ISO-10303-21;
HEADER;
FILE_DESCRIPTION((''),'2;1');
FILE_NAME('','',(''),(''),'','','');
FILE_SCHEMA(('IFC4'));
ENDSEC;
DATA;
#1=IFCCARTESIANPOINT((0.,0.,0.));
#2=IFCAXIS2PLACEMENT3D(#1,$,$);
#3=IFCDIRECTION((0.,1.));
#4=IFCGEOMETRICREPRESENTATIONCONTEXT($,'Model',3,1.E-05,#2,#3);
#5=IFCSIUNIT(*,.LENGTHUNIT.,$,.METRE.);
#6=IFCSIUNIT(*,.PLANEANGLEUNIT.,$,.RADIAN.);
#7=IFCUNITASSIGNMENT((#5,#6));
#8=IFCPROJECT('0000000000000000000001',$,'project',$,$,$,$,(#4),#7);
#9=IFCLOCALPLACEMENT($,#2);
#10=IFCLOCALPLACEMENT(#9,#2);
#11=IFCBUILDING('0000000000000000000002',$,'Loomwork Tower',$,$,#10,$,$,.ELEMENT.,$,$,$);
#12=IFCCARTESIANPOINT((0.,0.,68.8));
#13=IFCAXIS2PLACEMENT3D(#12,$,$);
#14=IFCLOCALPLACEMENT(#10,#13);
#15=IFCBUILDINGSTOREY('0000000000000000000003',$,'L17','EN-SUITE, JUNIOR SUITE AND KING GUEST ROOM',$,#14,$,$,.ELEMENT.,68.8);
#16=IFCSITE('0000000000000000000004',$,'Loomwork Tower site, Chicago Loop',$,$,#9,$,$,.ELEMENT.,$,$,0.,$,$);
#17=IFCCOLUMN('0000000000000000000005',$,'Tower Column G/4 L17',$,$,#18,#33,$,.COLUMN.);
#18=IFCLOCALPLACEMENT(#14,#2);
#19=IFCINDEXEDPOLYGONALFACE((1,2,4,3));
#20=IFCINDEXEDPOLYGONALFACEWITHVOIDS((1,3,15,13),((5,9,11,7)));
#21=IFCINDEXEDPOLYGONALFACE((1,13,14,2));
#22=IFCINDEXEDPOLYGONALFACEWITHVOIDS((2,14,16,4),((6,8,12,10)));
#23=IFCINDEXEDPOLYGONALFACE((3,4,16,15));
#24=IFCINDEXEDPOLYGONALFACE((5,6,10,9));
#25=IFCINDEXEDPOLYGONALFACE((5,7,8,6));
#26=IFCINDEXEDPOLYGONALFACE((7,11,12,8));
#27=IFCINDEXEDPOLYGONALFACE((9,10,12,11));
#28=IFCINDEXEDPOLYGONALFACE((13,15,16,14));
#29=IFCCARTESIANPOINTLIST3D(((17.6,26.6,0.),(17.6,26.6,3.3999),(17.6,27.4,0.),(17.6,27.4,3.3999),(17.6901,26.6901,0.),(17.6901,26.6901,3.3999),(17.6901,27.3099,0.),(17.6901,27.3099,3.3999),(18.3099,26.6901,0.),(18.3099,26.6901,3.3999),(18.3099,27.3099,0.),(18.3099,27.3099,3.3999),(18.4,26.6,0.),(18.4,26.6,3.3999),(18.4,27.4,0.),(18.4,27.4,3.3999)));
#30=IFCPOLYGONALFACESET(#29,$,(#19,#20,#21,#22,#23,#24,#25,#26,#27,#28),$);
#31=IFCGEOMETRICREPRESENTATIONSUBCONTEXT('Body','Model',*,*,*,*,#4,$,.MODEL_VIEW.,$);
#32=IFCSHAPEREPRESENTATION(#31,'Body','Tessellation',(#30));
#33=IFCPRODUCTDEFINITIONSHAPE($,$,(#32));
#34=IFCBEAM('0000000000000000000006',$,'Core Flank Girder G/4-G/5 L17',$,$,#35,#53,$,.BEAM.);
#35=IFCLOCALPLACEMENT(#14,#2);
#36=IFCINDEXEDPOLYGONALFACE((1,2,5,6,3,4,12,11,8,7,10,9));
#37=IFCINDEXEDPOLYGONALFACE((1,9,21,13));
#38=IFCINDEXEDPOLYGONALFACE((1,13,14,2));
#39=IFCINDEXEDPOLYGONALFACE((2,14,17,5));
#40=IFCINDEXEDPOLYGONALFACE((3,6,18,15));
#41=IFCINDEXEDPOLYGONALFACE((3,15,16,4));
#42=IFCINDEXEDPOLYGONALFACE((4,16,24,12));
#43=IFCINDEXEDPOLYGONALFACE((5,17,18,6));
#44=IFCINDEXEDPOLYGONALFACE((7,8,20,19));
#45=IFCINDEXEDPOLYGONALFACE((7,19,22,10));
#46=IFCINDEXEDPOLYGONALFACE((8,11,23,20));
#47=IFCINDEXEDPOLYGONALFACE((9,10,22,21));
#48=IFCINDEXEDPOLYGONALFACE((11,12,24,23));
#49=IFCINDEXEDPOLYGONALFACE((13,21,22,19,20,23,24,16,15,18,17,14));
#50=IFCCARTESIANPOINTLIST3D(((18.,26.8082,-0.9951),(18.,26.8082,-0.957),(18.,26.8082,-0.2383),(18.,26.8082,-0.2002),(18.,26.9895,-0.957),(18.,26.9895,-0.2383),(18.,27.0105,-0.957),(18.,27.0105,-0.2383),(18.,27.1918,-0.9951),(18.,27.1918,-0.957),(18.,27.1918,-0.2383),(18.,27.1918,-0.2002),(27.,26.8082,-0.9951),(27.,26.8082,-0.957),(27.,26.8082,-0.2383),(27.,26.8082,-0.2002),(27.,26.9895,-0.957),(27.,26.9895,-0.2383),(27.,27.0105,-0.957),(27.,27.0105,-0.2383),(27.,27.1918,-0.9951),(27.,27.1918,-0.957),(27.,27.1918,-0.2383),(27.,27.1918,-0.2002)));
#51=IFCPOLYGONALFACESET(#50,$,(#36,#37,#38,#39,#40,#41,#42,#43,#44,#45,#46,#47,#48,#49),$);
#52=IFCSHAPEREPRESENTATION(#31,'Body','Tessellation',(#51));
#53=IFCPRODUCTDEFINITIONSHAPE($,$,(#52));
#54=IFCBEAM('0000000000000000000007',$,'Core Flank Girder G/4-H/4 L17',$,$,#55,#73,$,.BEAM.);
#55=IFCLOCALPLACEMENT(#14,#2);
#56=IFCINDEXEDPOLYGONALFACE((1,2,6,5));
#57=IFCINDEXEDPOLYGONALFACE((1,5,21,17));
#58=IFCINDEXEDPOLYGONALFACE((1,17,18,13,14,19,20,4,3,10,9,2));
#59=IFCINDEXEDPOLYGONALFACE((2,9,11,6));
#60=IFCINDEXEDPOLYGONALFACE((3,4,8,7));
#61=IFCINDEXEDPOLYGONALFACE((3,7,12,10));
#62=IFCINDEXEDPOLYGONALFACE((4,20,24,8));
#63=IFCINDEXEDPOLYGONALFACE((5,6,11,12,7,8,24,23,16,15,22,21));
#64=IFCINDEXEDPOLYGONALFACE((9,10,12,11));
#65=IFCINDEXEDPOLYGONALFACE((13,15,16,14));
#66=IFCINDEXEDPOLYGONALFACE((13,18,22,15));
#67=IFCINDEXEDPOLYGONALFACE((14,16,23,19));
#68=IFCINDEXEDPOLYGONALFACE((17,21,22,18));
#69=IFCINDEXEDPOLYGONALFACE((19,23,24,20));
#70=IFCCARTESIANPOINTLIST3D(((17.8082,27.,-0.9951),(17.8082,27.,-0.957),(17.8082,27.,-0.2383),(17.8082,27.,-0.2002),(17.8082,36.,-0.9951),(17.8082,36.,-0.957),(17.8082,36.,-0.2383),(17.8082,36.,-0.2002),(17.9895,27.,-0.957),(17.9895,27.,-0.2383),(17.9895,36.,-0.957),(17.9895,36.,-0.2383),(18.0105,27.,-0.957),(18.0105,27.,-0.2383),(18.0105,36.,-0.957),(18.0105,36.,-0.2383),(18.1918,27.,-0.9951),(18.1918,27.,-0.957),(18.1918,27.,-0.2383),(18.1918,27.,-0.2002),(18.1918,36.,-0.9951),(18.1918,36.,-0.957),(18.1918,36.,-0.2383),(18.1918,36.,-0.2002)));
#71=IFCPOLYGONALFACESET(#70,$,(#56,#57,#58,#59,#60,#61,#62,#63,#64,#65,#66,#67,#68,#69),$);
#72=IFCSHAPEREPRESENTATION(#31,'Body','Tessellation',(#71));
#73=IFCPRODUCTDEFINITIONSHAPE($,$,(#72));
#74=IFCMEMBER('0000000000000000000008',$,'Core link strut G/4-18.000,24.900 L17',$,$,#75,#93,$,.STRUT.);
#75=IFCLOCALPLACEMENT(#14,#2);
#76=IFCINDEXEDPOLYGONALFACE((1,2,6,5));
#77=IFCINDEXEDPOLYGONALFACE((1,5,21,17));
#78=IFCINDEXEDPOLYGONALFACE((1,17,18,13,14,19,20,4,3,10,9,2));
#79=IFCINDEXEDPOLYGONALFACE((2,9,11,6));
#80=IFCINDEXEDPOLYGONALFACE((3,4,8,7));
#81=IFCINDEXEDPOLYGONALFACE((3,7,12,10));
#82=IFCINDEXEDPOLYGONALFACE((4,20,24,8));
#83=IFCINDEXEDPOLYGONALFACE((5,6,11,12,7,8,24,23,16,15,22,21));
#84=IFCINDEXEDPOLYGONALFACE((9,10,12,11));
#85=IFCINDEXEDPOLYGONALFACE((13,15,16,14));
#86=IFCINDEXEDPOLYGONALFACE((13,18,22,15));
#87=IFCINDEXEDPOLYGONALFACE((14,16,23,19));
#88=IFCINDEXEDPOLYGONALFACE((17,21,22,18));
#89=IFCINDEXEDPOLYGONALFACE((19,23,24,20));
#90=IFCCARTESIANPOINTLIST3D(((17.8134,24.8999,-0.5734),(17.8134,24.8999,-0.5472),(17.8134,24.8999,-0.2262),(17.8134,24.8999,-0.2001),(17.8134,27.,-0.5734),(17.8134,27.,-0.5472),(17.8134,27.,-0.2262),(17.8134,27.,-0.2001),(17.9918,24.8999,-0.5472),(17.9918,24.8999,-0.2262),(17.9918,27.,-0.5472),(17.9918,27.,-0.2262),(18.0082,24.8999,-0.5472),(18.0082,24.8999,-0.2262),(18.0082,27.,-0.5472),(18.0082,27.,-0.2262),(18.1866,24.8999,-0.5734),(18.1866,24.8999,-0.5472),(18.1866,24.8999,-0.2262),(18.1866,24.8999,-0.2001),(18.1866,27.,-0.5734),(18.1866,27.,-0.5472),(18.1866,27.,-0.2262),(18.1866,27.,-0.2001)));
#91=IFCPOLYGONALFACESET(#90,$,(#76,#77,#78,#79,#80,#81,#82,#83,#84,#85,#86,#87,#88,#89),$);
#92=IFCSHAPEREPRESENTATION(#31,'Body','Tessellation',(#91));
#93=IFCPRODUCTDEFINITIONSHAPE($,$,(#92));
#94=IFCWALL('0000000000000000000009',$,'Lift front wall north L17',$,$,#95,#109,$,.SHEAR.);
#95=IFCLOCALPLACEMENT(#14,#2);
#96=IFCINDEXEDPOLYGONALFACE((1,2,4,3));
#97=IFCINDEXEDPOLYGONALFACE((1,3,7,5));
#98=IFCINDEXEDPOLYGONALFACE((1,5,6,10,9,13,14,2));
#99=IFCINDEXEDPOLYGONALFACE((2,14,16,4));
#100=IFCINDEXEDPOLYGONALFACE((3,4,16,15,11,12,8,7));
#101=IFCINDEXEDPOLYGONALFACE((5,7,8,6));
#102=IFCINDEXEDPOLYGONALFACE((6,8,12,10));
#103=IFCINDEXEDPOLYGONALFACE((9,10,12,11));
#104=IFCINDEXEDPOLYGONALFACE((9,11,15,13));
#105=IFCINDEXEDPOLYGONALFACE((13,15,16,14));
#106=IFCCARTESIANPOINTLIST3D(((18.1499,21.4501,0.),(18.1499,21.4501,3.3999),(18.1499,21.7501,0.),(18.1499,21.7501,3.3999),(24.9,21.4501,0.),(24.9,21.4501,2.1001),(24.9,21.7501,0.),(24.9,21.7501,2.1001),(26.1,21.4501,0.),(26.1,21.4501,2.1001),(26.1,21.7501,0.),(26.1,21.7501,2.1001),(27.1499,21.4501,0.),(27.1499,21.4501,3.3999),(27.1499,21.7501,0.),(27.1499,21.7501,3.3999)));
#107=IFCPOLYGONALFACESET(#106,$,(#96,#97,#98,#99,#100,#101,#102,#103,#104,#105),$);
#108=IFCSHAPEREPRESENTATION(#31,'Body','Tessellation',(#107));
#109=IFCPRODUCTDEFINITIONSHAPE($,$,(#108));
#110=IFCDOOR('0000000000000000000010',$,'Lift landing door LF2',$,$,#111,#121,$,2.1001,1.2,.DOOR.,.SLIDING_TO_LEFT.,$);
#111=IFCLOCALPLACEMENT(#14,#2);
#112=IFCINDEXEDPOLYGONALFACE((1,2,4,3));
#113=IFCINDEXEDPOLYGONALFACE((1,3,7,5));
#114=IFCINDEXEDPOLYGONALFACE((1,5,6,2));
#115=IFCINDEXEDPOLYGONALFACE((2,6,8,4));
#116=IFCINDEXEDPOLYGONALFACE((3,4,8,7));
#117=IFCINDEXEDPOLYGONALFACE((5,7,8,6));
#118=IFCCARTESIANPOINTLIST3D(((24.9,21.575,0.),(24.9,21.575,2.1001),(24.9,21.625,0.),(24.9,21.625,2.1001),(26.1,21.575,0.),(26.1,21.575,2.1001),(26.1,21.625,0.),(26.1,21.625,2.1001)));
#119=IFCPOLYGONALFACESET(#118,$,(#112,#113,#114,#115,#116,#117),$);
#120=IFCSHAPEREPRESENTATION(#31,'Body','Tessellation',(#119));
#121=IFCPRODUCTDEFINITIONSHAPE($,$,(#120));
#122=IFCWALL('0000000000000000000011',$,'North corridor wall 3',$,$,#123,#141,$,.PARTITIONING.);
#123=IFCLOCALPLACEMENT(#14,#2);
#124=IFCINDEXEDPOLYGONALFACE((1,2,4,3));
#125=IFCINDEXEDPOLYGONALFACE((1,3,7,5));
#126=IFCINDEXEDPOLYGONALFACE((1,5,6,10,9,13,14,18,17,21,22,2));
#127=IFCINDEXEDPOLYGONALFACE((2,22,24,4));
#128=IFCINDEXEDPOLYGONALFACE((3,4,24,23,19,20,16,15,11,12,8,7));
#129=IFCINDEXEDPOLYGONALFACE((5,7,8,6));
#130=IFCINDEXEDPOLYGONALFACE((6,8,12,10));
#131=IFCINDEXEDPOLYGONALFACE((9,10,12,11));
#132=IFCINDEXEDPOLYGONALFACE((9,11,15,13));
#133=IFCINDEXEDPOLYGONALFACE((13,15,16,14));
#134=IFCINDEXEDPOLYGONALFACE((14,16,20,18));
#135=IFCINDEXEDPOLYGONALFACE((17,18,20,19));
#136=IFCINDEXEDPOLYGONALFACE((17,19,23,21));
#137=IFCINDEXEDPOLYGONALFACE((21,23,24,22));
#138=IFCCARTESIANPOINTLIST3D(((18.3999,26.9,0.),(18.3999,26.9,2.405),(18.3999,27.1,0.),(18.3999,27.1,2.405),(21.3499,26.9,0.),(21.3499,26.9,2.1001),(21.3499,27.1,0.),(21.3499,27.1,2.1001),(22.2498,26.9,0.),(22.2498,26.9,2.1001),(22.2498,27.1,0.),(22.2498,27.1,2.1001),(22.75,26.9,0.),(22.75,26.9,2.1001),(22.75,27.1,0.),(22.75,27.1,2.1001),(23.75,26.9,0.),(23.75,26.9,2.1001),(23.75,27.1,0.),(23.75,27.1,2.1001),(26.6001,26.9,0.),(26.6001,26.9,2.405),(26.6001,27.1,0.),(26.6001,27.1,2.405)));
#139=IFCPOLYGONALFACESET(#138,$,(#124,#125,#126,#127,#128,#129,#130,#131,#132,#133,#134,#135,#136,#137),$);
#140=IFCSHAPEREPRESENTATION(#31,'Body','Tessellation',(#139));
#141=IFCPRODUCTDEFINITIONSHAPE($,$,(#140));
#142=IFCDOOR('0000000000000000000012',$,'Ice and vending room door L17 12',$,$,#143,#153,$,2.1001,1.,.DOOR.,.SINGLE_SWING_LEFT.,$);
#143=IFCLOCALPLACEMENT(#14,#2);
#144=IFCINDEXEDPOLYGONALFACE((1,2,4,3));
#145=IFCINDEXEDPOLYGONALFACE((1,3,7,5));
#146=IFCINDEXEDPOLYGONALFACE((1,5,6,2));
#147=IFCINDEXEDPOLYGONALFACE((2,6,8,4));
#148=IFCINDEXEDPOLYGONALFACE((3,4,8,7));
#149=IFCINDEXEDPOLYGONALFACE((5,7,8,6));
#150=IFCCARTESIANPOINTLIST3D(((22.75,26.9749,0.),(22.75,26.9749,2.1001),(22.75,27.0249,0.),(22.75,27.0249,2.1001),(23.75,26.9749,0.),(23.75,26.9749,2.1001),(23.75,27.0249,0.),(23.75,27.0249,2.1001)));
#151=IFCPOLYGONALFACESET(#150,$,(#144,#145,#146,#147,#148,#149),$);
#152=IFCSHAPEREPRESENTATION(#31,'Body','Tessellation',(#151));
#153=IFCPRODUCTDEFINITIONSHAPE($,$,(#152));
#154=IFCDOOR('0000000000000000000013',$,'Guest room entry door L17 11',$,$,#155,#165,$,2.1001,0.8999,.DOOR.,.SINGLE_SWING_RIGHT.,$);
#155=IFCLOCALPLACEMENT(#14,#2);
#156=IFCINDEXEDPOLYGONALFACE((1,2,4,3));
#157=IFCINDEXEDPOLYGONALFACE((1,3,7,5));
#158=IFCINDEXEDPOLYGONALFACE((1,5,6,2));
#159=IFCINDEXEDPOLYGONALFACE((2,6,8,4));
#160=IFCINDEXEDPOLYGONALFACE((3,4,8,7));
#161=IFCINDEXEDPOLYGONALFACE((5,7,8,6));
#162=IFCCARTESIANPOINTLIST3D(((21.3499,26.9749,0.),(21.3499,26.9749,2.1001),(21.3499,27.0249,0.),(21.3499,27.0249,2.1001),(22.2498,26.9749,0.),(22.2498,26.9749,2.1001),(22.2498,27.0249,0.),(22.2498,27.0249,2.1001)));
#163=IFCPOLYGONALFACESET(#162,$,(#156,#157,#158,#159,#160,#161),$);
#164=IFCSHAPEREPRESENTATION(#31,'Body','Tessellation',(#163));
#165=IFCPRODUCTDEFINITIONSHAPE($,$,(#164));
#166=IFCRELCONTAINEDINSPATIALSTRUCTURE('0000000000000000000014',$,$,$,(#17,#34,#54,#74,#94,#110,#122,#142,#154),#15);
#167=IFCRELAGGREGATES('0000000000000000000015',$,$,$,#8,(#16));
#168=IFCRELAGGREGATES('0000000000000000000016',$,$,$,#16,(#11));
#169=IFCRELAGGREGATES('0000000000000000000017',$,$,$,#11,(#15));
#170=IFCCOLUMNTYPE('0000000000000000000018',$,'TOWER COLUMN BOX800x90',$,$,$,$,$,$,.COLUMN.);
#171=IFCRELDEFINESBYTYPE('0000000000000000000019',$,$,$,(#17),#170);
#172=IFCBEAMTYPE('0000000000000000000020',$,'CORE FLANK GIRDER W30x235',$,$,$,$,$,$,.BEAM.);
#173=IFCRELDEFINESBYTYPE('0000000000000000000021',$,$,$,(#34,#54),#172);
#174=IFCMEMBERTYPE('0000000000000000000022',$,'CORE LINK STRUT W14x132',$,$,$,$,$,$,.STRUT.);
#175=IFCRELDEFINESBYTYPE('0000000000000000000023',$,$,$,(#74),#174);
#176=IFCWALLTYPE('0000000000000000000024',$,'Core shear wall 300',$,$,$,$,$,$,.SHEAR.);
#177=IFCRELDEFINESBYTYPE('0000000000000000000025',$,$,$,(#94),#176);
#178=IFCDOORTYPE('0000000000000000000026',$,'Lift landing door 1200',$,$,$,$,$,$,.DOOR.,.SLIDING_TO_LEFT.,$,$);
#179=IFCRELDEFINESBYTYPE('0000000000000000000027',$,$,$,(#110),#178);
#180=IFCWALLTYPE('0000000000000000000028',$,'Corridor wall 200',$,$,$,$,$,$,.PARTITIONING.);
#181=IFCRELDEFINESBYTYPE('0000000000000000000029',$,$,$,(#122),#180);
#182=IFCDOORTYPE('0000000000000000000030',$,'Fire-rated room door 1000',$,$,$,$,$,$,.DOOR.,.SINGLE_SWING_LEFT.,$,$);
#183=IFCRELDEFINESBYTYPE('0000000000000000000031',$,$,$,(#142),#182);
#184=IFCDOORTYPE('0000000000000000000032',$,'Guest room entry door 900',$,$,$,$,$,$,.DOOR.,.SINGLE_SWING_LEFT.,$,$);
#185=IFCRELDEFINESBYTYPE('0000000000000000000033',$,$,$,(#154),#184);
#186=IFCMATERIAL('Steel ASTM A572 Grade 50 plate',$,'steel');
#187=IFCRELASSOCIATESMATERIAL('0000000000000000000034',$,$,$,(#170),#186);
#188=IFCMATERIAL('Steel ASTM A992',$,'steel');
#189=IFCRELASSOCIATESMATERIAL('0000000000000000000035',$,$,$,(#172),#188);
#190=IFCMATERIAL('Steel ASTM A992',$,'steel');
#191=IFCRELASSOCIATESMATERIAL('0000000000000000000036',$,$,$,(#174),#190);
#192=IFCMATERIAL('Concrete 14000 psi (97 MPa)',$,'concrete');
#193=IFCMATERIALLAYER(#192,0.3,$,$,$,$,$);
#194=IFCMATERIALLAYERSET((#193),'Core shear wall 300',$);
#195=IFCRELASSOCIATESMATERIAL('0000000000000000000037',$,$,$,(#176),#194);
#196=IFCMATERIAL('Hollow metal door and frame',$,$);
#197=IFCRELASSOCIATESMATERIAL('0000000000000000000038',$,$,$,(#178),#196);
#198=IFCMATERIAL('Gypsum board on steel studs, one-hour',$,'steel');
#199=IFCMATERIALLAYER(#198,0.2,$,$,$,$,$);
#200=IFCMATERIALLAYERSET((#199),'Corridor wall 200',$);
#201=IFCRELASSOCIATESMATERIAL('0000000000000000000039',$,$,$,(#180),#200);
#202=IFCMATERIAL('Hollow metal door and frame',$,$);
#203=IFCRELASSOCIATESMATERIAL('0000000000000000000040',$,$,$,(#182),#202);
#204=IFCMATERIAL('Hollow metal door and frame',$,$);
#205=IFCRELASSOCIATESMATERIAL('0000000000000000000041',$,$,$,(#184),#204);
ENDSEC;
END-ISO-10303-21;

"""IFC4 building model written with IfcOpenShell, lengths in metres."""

from ifc_helpers import new_model, si_unit, direction, frame, frame_2d, origin, origin_2d, place, context, subcontext, project, spatial, rectangle, hollow_rectangle, i_section, extrude, material, layer, layer_set, material_profile, profile_set, type_object, element, fill, save


model = new_model("IFC4")

# Units and contexts
model_context = context("Model", 3, precision=1e-05, world=origin(), true_north=direction((0.0, 1.0)))
body_context = subcontext(model_context, "Body", "Model", "MODEL_VIEW")
ifc_project = project(units=[si_unit("LENGTHUNIT", "METRE"), si_unit("PLANEANGLEUNIT", "RADIAN")], contexts=[model_context])

# Site, building, storey
site_placement = place(None, origin())
site = spatial("IfcSite", under=ifc_project, at=site_placement, Name="Loomwork Tower site, Chicago Loop", CompositionType="ELEMENT", RefElevation=0.0)
building_placement = place(site_placement, origin())
building = spatial("IfcBuilding", under=site, at=building_placement, Name="Loomwork Tower", CompositionType="ELEMENT")
storey_placement = place(building_placement, frame((0.0, 0.0, 68.8)))
storey = spatial("IfcBuildingStorey", under=building, at=storey_placement, Name="L17", Description="EN-SUITE, JUNIOR SUITE AND KING GUEST ROOM", CompositionType="ELEMENT", Elevation=68.8)

# Column
ifc_material_1 = material(Name="Steel ASTM A572 Grade 50 plate", Category="steel")
ifc_material_profile_1 = material_profile(ifc_material_1, hollow_rectangle(XDim=0.8, YDim=0.8, WallThickness=0.0901, at=origin_2d()), Name="BOX800x90")
ifc_profile_set_1 = profile_set([ifc_material_profile_1], Name="Steel ASTM A572 Grade 50 plate")
column_type = type_object("IfcColumnType", Name="TOWER COLUMN BOX800x90", PredefinedType="COLUMN", material=ifc_profile_set_1)
column_placement = place(storey_placement, frame((18.0, 27.0, 0.0), z_axis=(0.0, 0.0, 1.0), x_axis=(1.0, 0.0, 0.0)))
element("IfcColumn", 1, at=column_placement, inside=storey, type_object=column_type, Name="Tower Column G/4 L17", PredefinedType="COLUMN", context=body_context, shape_type="SweptSolid", body=[
    extrude(hollow_rectangle(XDim=0.8, YDim=0.8, WallThickness=0.0901, at=origin_2d()), origin(), (0.0, 0.0, 1.0), 3.3999),
])

# Beams
ifc_material_2 = material(Name="Steel ASTM A992", Category="steel")
ifc_material_profile_2 = material_profile(ifc_material_2, i_section(OverallWidth=0.3835, OverallDepth=0.7949, WebThickness=0.021, FlangeThickness=0.0381, at=origin_2d()), Name="W30x235")
ifc_profile_set_2 = profile_set([ifc_material_profile_2], Name="Steel ASTM A992")
beam_type = type_object("IfcBeamType", Name="CORE FLANK GIRDER W30x235", PredefinedType="BEAM", material=ifc_profile_set_2)
for number, where, z_axis, x_axis, name in (
    (2, (18.0, 27.0, -0.5977), (1.0, 0.0, 0.0), (0.0, 1.0, 0.0), "Core Flank Girder G/4-G/5 L17"),
    (3, (18.0, 27.0, -0.5977), (0.0, 1.0, 0.0), (-1.0, 0.0, 0.0), "Core Flank Girder G/4-H/4 L17"),
):
    element("IfcBeam", number, at=place(storey_placement, frame(where, z_axis=z_axis, x_axis=x_axis)), inside=storey, type_object=beam_type, Name=name, PredefinedType="BEAM", context=body_context, shape_type="SweptSolid", body=[
        extrude(i_section(OverallWidth=0.3835, OverallDepth=0.7949, WebThickness=0.021, FlangeThickness=0.0381, at=origin_2d()), origin(), (0.0, 0.0, 1.0), 9.0),
    ])

# Member
ifc_material_3 = material(Name="Steel ASTM A992", Category="steel")
ifc_material_profile_3 = material_profile(ifc_material_3, i_section(OverallWidth=0.3733, OverallDepth=0.3733, WebThickness=0.0164, FlangeThickness=0.0261, at=origin_2d()), Name="W14x132")
ifc_profile_set_3 = profile_set([ifc_material_profile_3], Name="Steel ASTM A992")
member_type = type_object("IfcMemberType", Name="CORE LINK STRUT W14x132", PredefinedType="STRUT", material=ifc_profile_set_3)
member_placement = place(storey_placement, frame((18.0, 27.0, -0.3867), z_axis=(0.0, -1.0, 0.0), x_axis=(1.0, 0.0, 0.0)))
element("IfcMember", 4, at=member_placement, inside=storey, type_object=member_type, Name="Core link strut G/4-18.000,24.900 L17", PredefinedType="STRUT", context=body_context, shape_type="SweptSolid", body=[
    extrude(i_section(OverallWidth=0.3733, OverallDepth=0.3733, WebThickness=0.0164, FlangeThickness=0.0261, at=origin_2d()), origin(), (0.0, 0.0, 1.0), 2.1001),
])

# Wall, opening, door
ifc_material_4 = material(Name="Concrete 14000 psi (97 MPa)", Category="concrete")
ifc_layer_1 = layer(ifc_material_4, 0.3)
ifc_layer_set_1 = layer_set([ifc_layer_1], Name="Core shear wall 300")
wall_type_1 = type_object("IfcWallType", Name="Core shear wall 300", PredefinedType="SHEAR", material=ifc_layer_set_1)
wall_1_placement = place(storey_placement, frame((18.1499, 21.6001, 0.0), z_axis=(0.0, 0.0, 1.0), x_axis=(1.0, 0.0, 0.0)))
wall_1 = element("IfcWall", 5, at=wall_1_placement, inside=storey, type_object=wall_type_1, Name="Lift front wall north L17", PredefinedType="SHEAR", context=body_context, shape_type="SweptSolid", body=[
    extrude(rectangle(XDim=9.0, YDim=0.3, at=frame_2d((4.5, 0.0))), origin(), (0.0, 0.0, 1.0), 3.3999),
])
opening_1_placement = place(wall_1_placement, frame((6.75, 0.0, 0.0)))
opening_1 = element("IfcOpeningElement", 6, at=opening_1_placement, cuts=wall_1, PredefinedType="OPENING", context=body_context, shape_type="SweptSolid", body=[
    extrude(rectangle(XDim=1.2, YDim=2.1001, at=frame_2d((0.6001, 1.05))), frame((0.0, 0.1599, 0.0), z_axis=(0.0, -1.0, 0.0), x_axis=(1.0, 0.0, 0.0)), (0.0, 0.0, 1.0), 0.3201),
])
ifc_material_5 = material(Name="Hollow metal door and frame")
door_type_1 = type_object("IfcDoorType", Name="Lift landing door 1200", OperationType="SLIDING_TO_LEFT", PredefinedType="DOOR", material=ifc_material_5)
door_1_placement = place(opening_1_placement, origin())
door_1 = element("IfcDoor", 7, at=door_1_placement, inside=storey, type_object=door_type_1, Name="Lift landing door LF2", OperationType="SLIDING_TO_LEFT", OverallHeight=2.1001, OverallWidth=1.2, PredefinedType="DOOR", context=body_context, shape_type="SweptSolid", body=[
    extrude(rectangle(XDim=1.2, YDim=2.1001, at=frame_2d((0.6001, 1.05))), frame((0.0, 0.0249, 0.0), z_axis=(0.0, -1.0, 0.0), x_axis=(1.0, 0.0, 0.0)), (0.0, 0.0, 1.0), 0.05),
])
fill(opening_1, door_1)

# Wall, openings, doors
ifc_material_6 = material(Name="Gypsum board on steel studs, one-hour", Category="steel")
ifc_layer_2 = layer(ifc_material_6, 0.2)
ifc_layer_set_2 = layer_set([ifc_layer_2], Name="Corridor wall 200")
wall_type_2 = type_object("IfcWallType", Name="Corridor wall 200", PredefinedType="PARTITIONING", material=ifc_layer_set_2)
wall_2_placement = place(storey_placement, frame((18.3999, 27.0, 0.0), z_axis=(0.0, 0.0, 1.0), x_axis=(1.0, 0.0, 0.0)))
wall_2 = element("IfcWall", 8, at=wall_2_placement, inside=storey, type_object=wall_type_2, Name="North corridor wall 3", PredefinedType="PARTITIONING", context=body_context, shape_type="SweptSolid", body=[
    extrude(rectangle(XDim=8.2002, YDim=0.2, at=frame_2d((4.1001, 0.0))), origin(), (0.0, 0.0, 1.0), 2.405),
])
opening_2_placement = place(wall_2_placement, frame((2.95, 0.0, 0.0)))
opening_2 = element("IfcOpeningElement", 9, at=opening_2_placement, cuts=wall_2, PredefinedType="OPENING", context=body_context, shape_type="SweptSolid", body=[
    extrude(rectangle(XDim=0.8999, YDim=2.1001, at=frame_2d((0.45, 1.05))), frame((0.0, 0.1099, 0.0), z_axis=(0.0, -1.0, 0.0), x_axis=(1.0, 0.0, 0.0)), (0.0, 0.0, 1.0), 0.22),
])
opening_3_placement = place(wall_2_placement, frame((4.3501, 0.0, 0.0)))
opening_3 = element("IfcOpeningElement", 10, at=opening_3_placement, cuts=wall_2, PredefinedType="OPENING", context=body_context, shape_type="SweptSolid", body=[
    extrude(rectangle(XDim=1.0, YDim=2.1001, at=frame_2d((0.5, 1.05))), frame((0.0, 0.1099, 0.0), z_axis=(0.0, -1.0, 0.0), x_axis=(1.0, 0.0, 0.0)), (0.0, 0.0, 1.0), 0.22),
])
ifc_material_7 = material(Name="Hollow metal door and frame")
door_type_2 = type_object("IfcDoorType", Name="Fire-rated room door 1000", OperationType="SINGLE_SWING_LEFT", PredefinedType="DOOR", material=ifc_material_7)
door_2_placement = place(opening_3_placement, origin())
door_2 = element("IfcDoor", 11, at=door_2_placement, inside=storey, type_object=door_type_2, Name="Ice and vending room door L17 12", OperationType="SINGLE_SWING_LEFT", OverallHeight=2.1001, OverallWidth=1.0, PredefinedType="DOOR", context=body_context, shape_type="SweptSolid", body=[
    extrude(rectangle(XDim=1.0, YDim=2.1001, at=frame_2d((0.5, 1.05))), frame((0.0, 0.0249, 0.0), z_axis=(0.0, -1.0, 0.0), x_axis=(1.0, 0.0, 0.0)), (0.0, 0.0, 1.0), 0.05),
])
fill(opening_3, door_2)
ifc_material_8 = material(Name="Hollow metal door and frame")
door_type_3 = type_object("IfcDoorType", Name="Guest room entry door 900", OperationType="SINGLE_SWING_LEFT", PredefinedType="DOOR", material=ifc_material_8)
door_3_placement = place(opening_2_placement, origin())
door_3 = element("IfcDoor", 12, at=door_3_placement, inside=storey, type_object=door_type_3, Name="Guest room entry door L17 11", OperationType="SINGLE_SWING_RIGHT", OverallHeight=2.1001, OverallWidth=0.8999, PredefinedType="DOOR", context=body_context, shape_type="SweptSolid", body=[
    extrude(rectangle(XDim=0.8999, YDim=2.1001, at=frame_2d((0.45, 1.05))), frame((0.0, 0.0249, 0.0), z_axis=(0.0, -1.0, 0.0), x_axis=(1.0, 0.0, 0.0)), (0.0, 0.0, 1.0), 0.05),
])
fill(opening_2, door_3)

save(model, "model.ifc")
